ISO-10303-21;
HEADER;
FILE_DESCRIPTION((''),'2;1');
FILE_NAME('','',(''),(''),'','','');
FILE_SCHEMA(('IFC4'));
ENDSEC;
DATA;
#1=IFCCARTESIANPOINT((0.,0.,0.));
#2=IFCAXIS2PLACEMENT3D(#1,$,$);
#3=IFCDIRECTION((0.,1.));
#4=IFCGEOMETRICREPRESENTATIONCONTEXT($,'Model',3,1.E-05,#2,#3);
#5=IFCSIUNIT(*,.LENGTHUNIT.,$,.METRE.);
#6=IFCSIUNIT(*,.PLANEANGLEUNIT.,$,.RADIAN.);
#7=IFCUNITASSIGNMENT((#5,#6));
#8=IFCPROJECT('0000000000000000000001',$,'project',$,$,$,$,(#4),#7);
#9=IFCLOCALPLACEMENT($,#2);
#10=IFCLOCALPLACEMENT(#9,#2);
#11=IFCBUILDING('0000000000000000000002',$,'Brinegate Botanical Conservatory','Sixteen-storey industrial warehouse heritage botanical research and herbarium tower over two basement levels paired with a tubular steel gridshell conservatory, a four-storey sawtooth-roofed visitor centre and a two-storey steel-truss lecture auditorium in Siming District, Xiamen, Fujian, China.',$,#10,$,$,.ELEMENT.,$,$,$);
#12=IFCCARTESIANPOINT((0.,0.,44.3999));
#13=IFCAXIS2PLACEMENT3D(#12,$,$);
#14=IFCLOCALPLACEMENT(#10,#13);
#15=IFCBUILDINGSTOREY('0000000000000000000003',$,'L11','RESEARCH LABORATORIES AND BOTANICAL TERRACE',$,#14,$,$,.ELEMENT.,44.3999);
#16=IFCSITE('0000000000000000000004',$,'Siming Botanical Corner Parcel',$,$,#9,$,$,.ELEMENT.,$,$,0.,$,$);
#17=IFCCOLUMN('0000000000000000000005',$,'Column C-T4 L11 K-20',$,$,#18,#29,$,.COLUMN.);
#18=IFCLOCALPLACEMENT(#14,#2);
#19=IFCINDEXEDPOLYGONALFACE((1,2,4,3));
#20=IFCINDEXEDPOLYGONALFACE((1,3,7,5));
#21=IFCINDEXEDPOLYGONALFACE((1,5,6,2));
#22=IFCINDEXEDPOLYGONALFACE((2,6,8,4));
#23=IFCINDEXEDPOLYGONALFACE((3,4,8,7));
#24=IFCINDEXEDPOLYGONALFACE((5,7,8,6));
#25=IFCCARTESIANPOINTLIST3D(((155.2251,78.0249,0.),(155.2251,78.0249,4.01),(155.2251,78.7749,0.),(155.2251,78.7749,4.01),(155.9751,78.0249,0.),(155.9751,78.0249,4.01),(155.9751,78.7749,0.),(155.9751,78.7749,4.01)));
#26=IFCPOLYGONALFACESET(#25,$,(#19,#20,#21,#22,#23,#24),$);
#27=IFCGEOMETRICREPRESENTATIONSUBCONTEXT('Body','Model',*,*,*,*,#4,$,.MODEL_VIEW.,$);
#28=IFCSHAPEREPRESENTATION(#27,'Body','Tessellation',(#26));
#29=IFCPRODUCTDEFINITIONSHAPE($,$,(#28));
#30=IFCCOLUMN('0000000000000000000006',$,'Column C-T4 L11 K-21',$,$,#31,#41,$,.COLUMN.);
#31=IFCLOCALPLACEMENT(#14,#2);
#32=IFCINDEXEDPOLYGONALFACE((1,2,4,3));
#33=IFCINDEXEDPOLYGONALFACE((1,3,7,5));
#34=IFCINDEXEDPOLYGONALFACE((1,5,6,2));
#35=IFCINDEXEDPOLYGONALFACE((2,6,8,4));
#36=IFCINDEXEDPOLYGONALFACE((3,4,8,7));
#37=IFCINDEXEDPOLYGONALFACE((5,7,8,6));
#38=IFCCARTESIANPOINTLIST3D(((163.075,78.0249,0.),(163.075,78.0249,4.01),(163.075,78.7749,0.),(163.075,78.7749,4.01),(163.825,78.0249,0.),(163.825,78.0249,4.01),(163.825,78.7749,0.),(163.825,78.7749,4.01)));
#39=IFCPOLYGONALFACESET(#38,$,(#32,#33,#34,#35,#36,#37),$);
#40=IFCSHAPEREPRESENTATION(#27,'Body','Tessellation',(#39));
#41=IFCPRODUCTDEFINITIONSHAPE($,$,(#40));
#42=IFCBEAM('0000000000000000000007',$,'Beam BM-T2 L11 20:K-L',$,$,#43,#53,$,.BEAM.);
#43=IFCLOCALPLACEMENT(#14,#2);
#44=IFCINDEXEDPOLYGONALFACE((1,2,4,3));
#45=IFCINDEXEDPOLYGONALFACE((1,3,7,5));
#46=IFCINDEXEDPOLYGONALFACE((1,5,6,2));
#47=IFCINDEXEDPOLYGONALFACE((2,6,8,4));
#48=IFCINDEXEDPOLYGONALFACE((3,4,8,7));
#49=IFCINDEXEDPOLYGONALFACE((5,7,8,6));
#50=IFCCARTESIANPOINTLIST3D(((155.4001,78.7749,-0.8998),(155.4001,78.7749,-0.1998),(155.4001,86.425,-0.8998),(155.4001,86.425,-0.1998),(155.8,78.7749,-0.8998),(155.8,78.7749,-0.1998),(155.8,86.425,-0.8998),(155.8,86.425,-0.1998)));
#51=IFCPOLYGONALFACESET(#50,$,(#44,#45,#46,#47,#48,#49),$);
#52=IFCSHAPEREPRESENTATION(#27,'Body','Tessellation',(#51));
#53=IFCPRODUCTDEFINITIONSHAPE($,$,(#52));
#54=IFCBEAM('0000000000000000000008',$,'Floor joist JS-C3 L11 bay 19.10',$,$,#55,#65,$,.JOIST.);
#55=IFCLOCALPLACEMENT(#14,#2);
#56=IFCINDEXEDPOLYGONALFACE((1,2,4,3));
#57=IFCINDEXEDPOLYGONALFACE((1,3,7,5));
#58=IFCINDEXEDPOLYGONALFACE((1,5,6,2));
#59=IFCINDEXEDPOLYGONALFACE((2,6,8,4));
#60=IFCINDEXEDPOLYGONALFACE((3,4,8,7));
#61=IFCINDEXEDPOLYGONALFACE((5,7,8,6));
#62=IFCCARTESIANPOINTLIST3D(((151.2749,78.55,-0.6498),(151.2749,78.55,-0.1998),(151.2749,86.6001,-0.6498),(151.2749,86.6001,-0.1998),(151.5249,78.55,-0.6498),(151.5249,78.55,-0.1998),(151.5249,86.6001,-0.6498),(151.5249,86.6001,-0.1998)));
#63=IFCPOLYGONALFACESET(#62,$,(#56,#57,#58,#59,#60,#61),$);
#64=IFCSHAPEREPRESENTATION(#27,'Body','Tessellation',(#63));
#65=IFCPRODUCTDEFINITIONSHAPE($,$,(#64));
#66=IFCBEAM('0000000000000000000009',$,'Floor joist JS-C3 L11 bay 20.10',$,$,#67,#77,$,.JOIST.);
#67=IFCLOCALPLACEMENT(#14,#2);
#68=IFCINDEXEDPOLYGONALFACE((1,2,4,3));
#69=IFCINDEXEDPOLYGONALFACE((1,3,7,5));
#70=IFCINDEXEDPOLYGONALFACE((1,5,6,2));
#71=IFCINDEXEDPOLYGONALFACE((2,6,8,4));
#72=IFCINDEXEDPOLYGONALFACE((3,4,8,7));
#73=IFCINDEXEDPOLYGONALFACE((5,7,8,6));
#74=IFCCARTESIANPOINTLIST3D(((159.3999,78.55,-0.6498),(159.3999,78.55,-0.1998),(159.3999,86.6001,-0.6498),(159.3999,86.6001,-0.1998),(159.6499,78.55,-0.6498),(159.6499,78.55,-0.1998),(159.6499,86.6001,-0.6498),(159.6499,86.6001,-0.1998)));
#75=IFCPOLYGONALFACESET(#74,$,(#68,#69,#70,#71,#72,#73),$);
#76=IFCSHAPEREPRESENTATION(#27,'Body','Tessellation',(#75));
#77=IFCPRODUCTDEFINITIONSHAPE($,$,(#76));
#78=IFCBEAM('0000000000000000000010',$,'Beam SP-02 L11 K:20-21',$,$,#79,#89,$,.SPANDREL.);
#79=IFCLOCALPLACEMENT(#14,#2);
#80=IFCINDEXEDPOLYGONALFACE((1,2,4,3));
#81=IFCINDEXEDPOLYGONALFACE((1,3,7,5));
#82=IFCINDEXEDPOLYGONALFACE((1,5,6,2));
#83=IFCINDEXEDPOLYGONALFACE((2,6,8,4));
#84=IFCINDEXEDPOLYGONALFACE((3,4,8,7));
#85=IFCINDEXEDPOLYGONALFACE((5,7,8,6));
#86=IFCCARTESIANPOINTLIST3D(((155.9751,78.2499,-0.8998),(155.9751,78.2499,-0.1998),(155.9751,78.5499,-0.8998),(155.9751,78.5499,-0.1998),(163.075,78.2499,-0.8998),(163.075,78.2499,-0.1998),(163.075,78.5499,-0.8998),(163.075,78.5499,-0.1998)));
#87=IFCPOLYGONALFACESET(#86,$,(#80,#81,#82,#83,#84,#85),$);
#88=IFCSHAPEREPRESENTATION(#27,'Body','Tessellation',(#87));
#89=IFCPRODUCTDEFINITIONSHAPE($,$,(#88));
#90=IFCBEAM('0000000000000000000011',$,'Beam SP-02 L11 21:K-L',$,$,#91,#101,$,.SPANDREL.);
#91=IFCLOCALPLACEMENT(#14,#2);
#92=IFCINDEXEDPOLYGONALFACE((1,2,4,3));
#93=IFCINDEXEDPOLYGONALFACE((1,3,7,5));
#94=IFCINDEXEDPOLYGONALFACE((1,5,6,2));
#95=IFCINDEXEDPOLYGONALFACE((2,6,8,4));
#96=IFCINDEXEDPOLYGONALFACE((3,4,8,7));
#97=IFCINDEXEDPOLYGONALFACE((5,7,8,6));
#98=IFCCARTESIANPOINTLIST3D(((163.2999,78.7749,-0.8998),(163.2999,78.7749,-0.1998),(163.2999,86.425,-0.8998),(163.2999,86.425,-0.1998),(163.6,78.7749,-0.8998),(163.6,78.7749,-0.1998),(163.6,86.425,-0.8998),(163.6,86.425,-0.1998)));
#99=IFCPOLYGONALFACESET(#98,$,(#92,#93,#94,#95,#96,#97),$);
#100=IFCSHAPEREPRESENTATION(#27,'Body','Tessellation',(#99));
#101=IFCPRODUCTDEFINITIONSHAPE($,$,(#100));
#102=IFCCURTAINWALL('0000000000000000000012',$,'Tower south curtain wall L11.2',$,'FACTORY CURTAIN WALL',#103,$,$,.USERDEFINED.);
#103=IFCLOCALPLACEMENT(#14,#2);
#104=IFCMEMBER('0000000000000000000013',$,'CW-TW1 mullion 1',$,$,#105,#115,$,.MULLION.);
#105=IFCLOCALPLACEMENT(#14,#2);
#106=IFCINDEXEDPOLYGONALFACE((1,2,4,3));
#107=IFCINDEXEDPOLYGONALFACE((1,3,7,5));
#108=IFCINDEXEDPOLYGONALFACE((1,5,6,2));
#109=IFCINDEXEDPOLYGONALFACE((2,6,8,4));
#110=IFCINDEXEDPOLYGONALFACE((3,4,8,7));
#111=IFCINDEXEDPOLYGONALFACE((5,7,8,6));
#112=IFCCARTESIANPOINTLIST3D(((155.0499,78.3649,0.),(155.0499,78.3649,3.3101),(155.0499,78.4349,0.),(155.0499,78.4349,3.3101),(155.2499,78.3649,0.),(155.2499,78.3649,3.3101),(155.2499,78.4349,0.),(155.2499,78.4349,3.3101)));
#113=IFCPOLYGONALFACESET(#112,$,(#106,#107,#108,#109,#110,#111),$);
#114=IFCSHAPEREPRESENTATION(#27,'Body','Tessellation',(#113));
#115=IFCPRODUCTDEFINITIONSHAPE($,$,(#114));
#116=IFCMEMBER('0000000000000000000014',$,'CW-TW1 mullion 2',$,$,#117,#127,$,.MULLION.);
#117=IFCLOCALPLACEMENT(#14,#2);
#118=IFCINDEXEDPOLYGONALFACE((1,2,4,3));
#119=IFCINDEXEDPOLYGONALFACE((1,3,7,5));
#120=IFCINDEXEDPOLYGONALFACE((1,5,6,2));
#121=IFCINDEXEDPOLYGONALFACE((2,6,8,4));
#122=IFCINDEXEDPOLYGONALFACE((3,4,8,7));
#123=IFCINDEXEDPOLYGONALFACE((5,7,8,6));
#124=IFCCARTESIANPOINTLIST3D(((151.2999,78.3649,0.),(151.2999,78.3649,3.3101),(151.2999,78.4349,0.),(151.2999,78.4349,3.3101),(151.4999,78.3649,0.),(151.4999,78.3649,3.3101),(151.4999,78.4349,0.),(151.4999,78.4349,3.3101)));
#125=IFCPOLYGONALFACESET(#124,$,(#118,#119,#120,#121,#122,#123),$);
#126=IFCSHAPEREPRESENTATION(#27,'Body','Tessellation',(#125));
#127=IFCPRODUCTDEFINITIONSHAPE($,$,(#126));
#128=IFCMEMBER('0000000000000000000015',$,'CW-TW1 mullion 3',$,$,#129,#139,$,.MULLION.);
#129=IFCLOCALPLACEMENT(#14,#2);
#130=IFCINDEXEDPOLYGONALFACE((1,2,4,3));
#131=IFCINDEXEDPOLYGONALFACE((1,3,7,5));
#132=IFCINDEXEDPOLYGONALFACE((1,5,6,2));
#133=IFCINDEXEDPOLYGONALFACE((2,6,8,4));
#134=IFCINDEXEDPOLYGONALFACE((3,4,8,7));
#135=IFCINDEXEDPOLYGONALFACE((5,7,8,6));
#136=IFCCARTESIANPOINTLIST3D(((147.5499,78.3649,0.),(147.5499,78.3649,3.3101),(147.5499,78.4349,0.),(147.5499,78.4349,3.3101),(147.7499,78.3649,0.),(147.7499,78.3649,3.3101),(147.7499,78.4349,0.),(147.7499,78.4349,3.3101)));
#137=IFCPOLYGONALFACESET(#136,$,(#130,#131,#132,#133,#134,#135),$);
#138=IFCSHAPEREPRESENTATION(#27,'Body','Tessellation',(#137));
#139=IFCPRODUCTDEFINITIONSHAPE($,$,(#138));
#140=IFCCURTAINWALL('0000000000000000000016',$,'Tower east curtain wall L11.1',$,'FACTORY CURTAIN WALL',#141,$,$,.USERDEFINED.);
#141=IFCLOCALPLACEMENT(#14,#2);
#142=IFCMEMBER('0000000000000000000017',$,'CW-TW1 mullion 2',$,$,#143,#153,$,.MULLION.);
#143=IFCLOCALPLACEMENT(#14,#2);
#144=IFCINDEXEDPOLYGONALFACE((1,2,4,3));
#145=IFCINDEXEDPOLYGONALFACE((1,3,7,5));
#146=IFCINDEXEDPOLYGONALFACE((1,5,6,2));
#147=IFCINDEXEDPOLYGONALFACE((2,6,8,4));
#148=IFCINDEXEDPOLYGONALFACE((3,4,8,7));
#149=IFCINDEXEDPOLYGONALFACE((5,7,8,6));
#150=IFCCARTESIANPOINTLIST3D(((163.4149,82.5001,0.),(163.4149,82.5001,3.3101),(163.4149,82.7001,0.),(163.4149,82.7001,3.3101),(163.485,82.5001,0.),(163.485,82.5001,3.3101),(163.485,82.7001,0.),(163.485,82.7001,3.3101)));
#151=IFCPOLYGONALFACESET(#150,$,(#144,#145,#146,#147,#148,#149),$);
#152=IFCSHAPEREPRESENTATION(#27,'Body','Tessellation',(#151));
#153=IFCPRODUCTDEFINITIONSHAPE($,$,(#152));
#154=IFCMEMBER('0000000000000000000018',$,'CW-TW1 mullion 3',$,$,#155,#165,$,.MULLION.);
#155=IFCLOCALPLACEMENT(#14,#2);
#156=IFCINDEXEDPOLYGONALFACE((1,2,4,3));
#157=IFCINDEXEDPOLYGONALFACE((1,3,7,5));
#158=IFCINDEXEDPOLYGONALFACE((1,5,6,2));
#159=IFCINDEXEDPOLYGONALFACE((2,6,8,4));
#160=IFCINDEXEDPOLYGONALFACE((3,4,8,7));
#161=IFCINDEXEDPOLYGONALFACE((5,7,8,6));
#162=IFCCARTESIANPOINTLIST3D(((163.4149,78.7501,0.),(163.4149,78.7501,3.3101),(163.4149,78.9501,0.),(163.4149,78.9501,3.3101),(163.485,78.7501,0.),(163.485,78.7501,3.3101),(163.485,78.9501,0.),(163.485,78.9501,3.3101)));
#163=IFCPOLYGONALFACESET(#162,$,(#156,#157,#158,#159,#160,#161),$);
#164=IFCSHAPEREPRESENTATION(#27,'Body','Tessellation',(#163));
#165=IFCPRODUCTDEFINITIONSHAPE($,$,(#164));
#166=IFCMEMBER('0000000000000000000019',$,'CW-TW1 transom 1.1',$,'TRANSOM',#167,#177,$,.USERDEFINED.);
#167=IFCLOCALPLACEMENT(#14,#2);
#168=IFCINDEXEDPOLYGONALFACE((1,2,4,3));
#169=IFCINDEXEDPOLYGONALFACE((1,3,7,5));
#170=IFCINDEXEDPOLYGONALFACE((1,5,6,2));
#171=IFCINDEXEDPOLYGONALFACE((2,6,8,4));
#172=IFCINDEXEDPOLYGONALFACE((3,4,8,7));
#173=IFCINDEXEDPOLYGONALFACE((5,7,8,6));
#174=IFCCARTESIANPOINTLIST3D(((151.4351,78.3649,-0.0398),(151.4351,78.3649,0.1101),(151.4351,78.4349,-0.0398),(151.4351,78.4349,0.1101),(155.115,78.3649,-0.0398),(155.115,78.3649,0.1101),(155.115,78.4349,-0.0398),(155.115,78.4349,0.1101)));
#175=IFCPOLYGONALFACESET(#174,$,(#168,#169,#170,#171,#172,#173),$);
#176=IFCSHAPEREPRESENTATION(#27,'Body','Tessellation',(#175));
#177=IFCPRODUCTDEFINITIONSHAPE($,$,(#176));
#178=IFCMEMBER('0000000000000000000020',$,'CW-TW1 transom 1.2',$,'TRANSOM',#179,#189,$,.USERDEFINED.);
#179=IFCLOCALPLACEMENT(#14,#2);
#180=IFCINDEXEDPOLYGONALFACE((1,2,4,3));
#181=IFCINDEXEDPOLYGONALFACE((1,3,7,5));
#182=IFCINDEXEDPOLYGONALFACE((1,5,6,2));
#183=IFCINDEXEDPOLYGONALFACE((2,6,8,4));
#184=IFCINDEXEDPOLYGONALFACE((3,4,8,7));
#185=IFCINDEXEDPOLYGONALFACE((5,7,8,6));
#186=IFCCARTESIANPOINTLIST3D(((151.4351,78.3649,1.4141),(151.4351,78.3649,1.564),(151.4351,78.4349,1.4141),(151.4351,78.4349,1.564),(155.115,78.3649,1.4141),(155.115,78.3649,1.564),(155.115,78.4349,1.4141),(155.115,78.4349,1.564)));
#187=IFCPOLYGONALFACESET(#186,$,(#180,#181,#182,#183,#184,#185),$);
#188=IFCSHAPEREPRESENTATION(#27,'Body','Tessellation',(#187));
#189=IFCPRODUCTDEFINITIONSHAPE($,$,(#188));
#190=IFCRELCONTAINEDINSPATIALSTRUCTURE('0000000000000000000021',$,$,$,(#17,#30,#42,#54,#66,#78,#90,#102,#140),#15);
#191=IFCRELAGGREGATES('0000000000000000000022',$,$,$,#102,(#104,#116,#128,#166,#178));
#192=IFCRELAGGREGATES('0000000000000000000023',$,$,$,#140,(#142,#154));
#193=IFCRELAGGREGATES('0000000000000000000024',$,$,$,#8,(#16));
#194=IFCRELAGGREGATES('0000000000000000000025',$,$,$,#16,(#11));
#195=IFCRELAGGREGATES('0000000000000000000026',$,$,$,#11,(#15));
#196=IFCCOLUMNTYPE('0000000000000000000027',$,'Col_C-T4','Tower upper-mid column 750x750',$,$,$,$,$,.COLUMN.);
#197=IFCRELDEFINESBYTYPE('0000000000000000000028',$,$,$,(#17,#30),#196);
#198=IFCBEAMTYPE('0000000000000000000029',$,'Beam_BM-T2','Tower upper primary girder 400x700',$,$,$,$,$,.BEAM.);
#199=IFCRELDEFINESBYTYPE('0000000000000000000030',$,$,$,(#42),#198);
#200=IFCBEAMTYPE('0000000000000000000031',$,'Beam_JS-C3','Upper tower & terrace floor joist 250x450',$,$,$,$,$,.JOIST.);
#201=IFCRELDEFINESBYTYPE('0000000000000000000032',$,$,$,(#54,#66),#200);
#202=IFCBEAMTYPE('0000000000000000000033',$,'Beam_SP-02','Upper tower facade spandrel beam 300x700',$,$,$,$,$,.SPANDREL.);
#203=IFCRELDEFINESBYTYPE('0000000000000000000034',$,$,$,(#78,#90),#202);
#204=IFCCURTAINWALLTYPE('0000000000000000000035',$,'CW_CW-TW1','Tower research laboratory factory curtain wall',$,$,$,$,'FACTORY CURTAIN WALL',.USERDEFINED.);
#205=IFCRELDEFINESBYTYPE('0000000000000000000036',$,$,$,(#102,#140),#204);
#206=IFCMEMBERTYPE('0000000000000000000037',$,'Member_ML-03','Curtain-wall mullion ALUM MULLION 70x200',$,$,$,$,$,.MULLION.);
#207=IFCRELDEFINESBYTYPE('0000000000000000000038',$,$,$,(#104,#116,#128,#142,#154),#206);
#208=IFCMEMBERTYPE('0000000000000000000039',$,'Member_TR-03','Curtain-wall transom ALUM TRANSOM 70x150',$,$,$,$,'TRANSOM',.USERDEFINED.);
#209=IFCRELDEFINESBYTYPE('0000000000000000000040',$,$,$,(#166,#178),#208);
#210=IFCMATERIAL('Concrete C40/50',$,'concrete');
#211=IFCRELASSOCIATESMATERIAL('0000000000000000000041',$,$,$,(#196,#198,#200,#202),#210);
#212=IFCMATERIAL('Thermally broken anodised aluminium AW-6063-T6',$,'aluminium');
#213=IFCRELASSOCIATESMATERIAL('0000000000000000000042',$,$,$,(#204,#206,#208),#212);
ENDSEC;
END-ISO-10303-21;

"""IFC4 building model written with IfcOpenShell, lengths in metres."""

from ifc_helpers import new_model, si_unit, direction, frame, origin, origin_2d, place, context, subcontext, project, spatial, rectangle, extrude, material, material_profile, profile_set, type_object, element, aggregate, save


model = new_model("IFC4")

# Units and contexts
model_context = context("Model", 3, precision=1e-05, world=origin(), true_north=direction((0.0, 1.0)))
body_context = subcontext(model_context, "Body", "Model", "MODEL_VIEW")
ifc_project = project(units=[si_unit("LENGTHUNIT", "METRE"), si_unit("PLANEANGLEUNIT", "RADIAN")], contexts=[model_context])

# Site, building, storey
site_placement = place(None, origin())
site = spatial("IfcSite", under=ifc_project, at=site_placement, Name="Siming Botanical Corner Parcel", CompositionType="ELEMENT", RefElevation=0.0)
building_placement = place(site_placement, origin())
building = spatial("IfcBuilding", under=site, at=building_placement, Name="Brinegate Botanical Conservatory", Description="Sixteen-storey industrial warehouse heritage botanical research and herbarium tower over two basement levels paired with a tubular steel gridshell conservatory, a four-storey sawtooth-roofed visitor centre and a two-storey steel-truss lecture auditorium in Siming District, Xiamen, Fujian, China.", CompositionType="ELEMENT")
storey_placement = place(building_placement, frame((0.0, 0.0, 44.3999)))
storey = spatial("IfcBuildingStorey", under=building, at=storey_placement, Name="L11", Description="RESEARCH LABORATORIES AND BOTANICAL TERRACE", CompositionType="ELEMENT", Elevation=44.3999)

# Columns
ifc_material_1 = material(Name="Concrete C40/50", Category="concrete")
ifc_material_profile_1 = material_profile(ifc_material_1, rectangle(XDim=0.75, YDim=0.75, at=origin_2d()), Name="RC COL 750x750")
ifc_profile_set_1 = profile_set([ifc_material_profile_1], Name="Concrete C40/50")
column_type = type_object("IfcColumnType", Name="Col_C-T4", Description="Tower upper-mid column 750x750", PredefinedType="COLUMN", material=ifc_profile_set_1)
for number, where, z_axis, x_axis, name in (
    (1, (155.6001, 78.3999, 0.0), (0.0, 0.0, 1.0), (1.0, 0.0, 0.0), "Column C-T4 L11 K-20"),
    (2, (163.45, 78.3999, 0.0), (0.0, 0.0, 1.0), (1.0, 0.0, 0.0), "Column C-T4 L11 K-21"),
):
    element("IfcColumn", number, at=place(storey_placement, frame(where, z_axis=z_axis, x_axis=x_axis)), inside=storey, type_object=column_type, Name=name, PredefinedType="COLUMN", context=body_context, shape_type="SweptSolid", body=[
        extrude(rectangle(XDim=0.75, YDim=0.75, at=origin_2d()), origin(), (0.0, 0.0, 1.0), 4.01),
    ])

# Beams
ifc_material_profile_2 = material_profile(ifc_material_1, rectangle(XDim=0.3999, YDim=0.7, at=origin_2d()), Name="RC BM 400x700")
ifc_profile_set_2 = profile_set([ifc_material_profile_2], Name="Concrete C40/50")
beam_type_1 = type_object("IfcBeamType", Name="Beam_BM-T2", Description="Tower upper primary girder 400x700", PredefinedType="BEAM", material=ifc_profile_set_2)
beam_1_placement = place(storey_placement, frame((155.6001, 78.7749, -0.5498), z_axis=(0.0, 1.0, 0.0), x_axis=(-1.0, 0.0, 0.0)))
element("IfcBeam", 3, at=beam_1_placement, inside=storey, type_object=beam_type_1, Name="Beam BM-T2 L11 20:K-L", PredefinedType="BEAM", context=body_context, shape_type="SweptSolid", body=[
    extrude(rectangle(XDim=0.3999, YDim=0.7, at=origin_2d()), origin(), (0.0, 0.0, 1.0), 7.6501),
])
ifc_material_profile_3 = material_profile(ifc_material_1, rectangle(XDim=0.25, YDim=0.45, at=origin_2d()), Name="RC JST 250x450")
ifc_profile_set_3 = profile_set([ifc_material_profile_3], Name="Concrete C40/50")
beam_type_2 = type_object("IfcBeamType", Name="Beam_JS-C3", Description="Upper tower & terrace floor joist 250x450", PredefinedType="JOIST", material=ifc_profile_set_3)
for number, where, z_axis, x_axis, name in (
    (4, (151.3999, 78.55, -0.4248), (0.0, 1.0, 0.0), (-1.0, 0.0, 0.0), "Floor joist JS-C3 L11 bay 19.10"),
    (5, (159.5249, 78.55, -0.4248), (0.0, 1.0, 0.0), (-1.0, 0.0, 0.0), "Floor joist JS-C3 L11 bay 20.10"),
):
    element("IfcBeam", number, at=place(storey_placement, frame(where, z_axis=z_axis, x_axis=x_axis)), inside=storey, type_object=beam_type_2, Name=name, PredefinedType="JOIST", context=body_context, shape_type="SweptSolid", body=[
        extrude(rectangle(XDim=0.25, YDim=0.45, at=origin_2d()), origin(), (0.0, 0.0, 1.0), 8.05),
    ])
ifc_material_profile_4 = material_profile(ifc_material_1, rectangle(XDim=0.3, YDim=0.7, at=origin_2d()), Name="RC SPN 300x700")
ifc_profile_set_4 = profile_set([ifc_material_profile_4], Name="Concrete C40/50")
beam_type_3 = type_object("IfcBeamType", Name="Beam_SP-02", Description="Upper tower facade spandrel beam 300x700", PredefinedType="SPANDREL", material=ifc_profile_set_4)
beam_2_placement = place(storey_placement, frame((155.9751, 78.3999, -0.5498), z_axis=(1.0, 0.0, 0.0), x_axis=(0.0, 1.0, 0.0)))
element("IfcBeam", 6, at=beam_2_placement, inside=storey, type_object=beam_type_3, Name="Beam SP-02 L11 K:20-21", PredefinedType="SPANDREL", context=body_context, shape_type="SweptSolid", body=[
    extrude(rectangle(XDim=0.3, YDim=0.7, at=origin_2d()), origin(), (0.0, 0.0, 1.0), 7.0999),
])
beam_3_placement = place(storey_placement, frame((163.45, 78.7749, -0.5498), z_axis=(0.0, 1.0, 0.0), x_axis=(-1.0, 0.0, 0.0)))
element("IfcBeam", 7, at=beam_3_placement, inside=storey, type_object=beam_type_3, Name="Beam SP-02 L11 21:K-L", PredefinedType="SPANDREL", context=body_context, shape_type="SweptSolid", body=[
    extrude(rectangle(XDim=0.3, YDim=0.7, at=origin_2d()), origin(), (0.0, 0.0, 1.0), 7.6501),
])

# Curtain walls, members
ifc_material_2 = material(Name="Thermally broken anodised aluminium AW-6063-T6", Category="aluminium")
curtain_wall_type = type_object("IfcCurtainWallType", Name="CW_CW-TW1", Description="Tower research laboratory factory curtain wall", ElementType="FACTORY CURTAIN WALL", PredefinedType="USERDEFINED", material=ifc_material_2)
curtain_wall_1_placement = place(storey_placement, origin())
curtain_wall_1 = element("IfcCurtainWall", 8, at=curtain_wall_1_placement, inside=storey, type_object=curtain_wall_type, Name="Tower south curtain wall L11.2", ObjectType="FACTORY CURTAIN WALL", PredefinedType="USERDEFINED")
ifc_material_profile_5 = material_profile(ifc_material_2, rectangle(XDim=0.0701, YDim=0.2, at=origin_2d()), Name="ALUM MULLION 70x200")
ifc_profile_set_5 = profile_set([ifc_material_profile_5], Name="Thermally broken anodised aluminium AW-6063-T6")
member_type_1 = type_object("IfcMemberType", Name="Member_ML-03", Description="Curtain-wall mullion ALUM MULLION 70x200", PredefinedType="MULLION", material=ifc_profile_set_5)
member_1_placement = place(storey_placement, frame((155.1499, 78.3999, 0.0), z_axis=(0.0, 0.0, 1.0), x_axis=(0.0, -1.0, 0.0)))
member_1 = element("IfcMember", 9, at=member_1_placement, type_object=member_type_1, Name="CW-TW1 mullion 1", PredefinedType="MULLION", context=body_context, shape_type="SweptSolid", body=[
    extrude(rectangle(XDim=0.0701, YDim=0.2, at=origin_2d()), origin(), (0.0, 0.0, 1.0), 3.3101),
])
member_2_placement = place(storey_placement, frame((151.3999, 78.3999, 0.0), z_axis=(0.0, 0.0, 1.0), x_axis=(0.0, -1.0, 0.0)))
member_2 = element("IfcMember", 10, at=member_2_placement, type_object=member_type_1, Name="CW-TW1 mullion 2", PredefinedType="MULLION", context=body_context, shape_type="SweptSolid", body=[
    extrude(rectangle(XDim=0.0701, YDim=0.2, at=origin_2d()), origin(), (0.0, 0.0, 1.0), 3.3101),
])
member_3_placement = place(storey_placement, frame((147.6499, 78.3999, 0.0), z_axis=(0.0, 0.0, 1.0), x_axis=(0.0, -1.0, 0.0)))
member_3 = element("IfcMember", 11, at=member_3_placement, type_object=member_type_1, Name="CW-TW1 mullion 3", PredefinedType="MULLION", context=body_context, shape_type="SweptSolid", body=[
    extrude(rectangle(XDim=0.0701, YDim=0.2, at=origin_2d()), origin(), (0.0, 0.0, 1.0), 3.3101),
])
curtain_wall_2_placement = place(storey_placement, origin())
curtain_wall_2 = element("IfcCurtainWall", 12, at=curtain_wall_2_placement, inside=storey, type_object=curtain_wall_type, Name="Tower east curtain wall L11.1", ObjectType="FACTORY CURTAIN WALL", PredefinedType="USERDEFINED")
member_4_placement = place(storey_placement, frame((163.45, 82.6001, 0.0), z_axis=(0.0, 0.0, 1.0), x_axis=(1.0, 0.0, 0.0)))
member_4 = element("IfcMember", 13, at=member_4_placement, type_object=member_type_1, Name="CW-TW1 mullion 2", PredefinedType="MULLION", context=body_context, shape_type="SweptSolid", body=[
    extrude(rectangle(XDim=0.0701, YDim=0.2, at=origin_2d()), origin(), (0.0, 0.0, 1.0), 3.3101),
])
member_5_placement = place(storey_placement, frame((163.45, 78.8501, 0.0), z_axis=(0.0, 0.0, 1.0), x_axis=(1.0, 0.0, 0.0)))
member_5 = element("IfcMember", 14, at=member_5_placement, type_object=member_type_1, Name="CW-TW1 mullion 3", PredefinedType="MULLION", context=body_context, shape_type="SweptSolid", body=[
    extrude(rectangle(XDim=0.0701, YDim=0.2, at=origin_2d()), origin(), (0.0, 0.0, 1.0), 3.3101),
])

# Members
ifc_material_profile_6 = material_profile(ifc_material_2, rectangle(XDim=0.0701, YDim=0.1499, at=origin_2d()), Name="ALUM TRANSOM 70x150")
ifc_profile_set_6 = profile_set([ifc_material_profile_6], Name="Thermally broken anodised aluminium AW-6063-T6")
member_type_2 = type_object("IfcMemberType", Name="Member_TR-03", Description="Curtain-wall transom ALUM TRANSOM 70x150", ElementType="TRANSOM", PredefinedType="USERDEFINED", material=ifc_profile_set_6)
member_6_placement = place(storey_placement, frame((155.115, 78.3999, 0.0352), z_axis=(-1.0, 0.0, 0.0), x_axis=(0.0, -1.0, 0.0)))
member_6 = element("IfcMember", 15, at=member_6_placement, type_object=member_type_2, Name="CW-TW1 transom 1.1", ObjectType="TRANSOM", PredefinedType="USERDEFINED", context=body_context, shape_type="SweptSolid", body=[
    extrude(rectangle(XDim=0.0701, YDim=0.1499, at=origin_2d()), origin(), (0.0, 0.0, 1.0), 3.6799),
])
member_7_placement = place(storey_placement, frame((155.115, 78.3999, 1.489), z_axis=(-1.0, 0.0, 0.0), x_axis=(0.0, -1.0, 0.0)))
member_7 = element("IfcMember", 16, at=member_7_placement, type_object=member_type_2, Name="CW-TW1 transom 1.2", ObjectType="TRANSOM", PredefinedType="USERDEFINED", context=body_context, shape_type="SweptSolid", body=[
    extrude(rectangle(XDim=0.0701, YDim=0.1499, at=origin_2d()), origin(), (0.0, 0.0, 1.0), 3.6799),
])

aggregate(curtain_wall_1, [member_1, member_2, member_3, member_6, member_7])
aggregate(curtain_wall_2, [member_4, member_5])

save(model, "model.ifc")
